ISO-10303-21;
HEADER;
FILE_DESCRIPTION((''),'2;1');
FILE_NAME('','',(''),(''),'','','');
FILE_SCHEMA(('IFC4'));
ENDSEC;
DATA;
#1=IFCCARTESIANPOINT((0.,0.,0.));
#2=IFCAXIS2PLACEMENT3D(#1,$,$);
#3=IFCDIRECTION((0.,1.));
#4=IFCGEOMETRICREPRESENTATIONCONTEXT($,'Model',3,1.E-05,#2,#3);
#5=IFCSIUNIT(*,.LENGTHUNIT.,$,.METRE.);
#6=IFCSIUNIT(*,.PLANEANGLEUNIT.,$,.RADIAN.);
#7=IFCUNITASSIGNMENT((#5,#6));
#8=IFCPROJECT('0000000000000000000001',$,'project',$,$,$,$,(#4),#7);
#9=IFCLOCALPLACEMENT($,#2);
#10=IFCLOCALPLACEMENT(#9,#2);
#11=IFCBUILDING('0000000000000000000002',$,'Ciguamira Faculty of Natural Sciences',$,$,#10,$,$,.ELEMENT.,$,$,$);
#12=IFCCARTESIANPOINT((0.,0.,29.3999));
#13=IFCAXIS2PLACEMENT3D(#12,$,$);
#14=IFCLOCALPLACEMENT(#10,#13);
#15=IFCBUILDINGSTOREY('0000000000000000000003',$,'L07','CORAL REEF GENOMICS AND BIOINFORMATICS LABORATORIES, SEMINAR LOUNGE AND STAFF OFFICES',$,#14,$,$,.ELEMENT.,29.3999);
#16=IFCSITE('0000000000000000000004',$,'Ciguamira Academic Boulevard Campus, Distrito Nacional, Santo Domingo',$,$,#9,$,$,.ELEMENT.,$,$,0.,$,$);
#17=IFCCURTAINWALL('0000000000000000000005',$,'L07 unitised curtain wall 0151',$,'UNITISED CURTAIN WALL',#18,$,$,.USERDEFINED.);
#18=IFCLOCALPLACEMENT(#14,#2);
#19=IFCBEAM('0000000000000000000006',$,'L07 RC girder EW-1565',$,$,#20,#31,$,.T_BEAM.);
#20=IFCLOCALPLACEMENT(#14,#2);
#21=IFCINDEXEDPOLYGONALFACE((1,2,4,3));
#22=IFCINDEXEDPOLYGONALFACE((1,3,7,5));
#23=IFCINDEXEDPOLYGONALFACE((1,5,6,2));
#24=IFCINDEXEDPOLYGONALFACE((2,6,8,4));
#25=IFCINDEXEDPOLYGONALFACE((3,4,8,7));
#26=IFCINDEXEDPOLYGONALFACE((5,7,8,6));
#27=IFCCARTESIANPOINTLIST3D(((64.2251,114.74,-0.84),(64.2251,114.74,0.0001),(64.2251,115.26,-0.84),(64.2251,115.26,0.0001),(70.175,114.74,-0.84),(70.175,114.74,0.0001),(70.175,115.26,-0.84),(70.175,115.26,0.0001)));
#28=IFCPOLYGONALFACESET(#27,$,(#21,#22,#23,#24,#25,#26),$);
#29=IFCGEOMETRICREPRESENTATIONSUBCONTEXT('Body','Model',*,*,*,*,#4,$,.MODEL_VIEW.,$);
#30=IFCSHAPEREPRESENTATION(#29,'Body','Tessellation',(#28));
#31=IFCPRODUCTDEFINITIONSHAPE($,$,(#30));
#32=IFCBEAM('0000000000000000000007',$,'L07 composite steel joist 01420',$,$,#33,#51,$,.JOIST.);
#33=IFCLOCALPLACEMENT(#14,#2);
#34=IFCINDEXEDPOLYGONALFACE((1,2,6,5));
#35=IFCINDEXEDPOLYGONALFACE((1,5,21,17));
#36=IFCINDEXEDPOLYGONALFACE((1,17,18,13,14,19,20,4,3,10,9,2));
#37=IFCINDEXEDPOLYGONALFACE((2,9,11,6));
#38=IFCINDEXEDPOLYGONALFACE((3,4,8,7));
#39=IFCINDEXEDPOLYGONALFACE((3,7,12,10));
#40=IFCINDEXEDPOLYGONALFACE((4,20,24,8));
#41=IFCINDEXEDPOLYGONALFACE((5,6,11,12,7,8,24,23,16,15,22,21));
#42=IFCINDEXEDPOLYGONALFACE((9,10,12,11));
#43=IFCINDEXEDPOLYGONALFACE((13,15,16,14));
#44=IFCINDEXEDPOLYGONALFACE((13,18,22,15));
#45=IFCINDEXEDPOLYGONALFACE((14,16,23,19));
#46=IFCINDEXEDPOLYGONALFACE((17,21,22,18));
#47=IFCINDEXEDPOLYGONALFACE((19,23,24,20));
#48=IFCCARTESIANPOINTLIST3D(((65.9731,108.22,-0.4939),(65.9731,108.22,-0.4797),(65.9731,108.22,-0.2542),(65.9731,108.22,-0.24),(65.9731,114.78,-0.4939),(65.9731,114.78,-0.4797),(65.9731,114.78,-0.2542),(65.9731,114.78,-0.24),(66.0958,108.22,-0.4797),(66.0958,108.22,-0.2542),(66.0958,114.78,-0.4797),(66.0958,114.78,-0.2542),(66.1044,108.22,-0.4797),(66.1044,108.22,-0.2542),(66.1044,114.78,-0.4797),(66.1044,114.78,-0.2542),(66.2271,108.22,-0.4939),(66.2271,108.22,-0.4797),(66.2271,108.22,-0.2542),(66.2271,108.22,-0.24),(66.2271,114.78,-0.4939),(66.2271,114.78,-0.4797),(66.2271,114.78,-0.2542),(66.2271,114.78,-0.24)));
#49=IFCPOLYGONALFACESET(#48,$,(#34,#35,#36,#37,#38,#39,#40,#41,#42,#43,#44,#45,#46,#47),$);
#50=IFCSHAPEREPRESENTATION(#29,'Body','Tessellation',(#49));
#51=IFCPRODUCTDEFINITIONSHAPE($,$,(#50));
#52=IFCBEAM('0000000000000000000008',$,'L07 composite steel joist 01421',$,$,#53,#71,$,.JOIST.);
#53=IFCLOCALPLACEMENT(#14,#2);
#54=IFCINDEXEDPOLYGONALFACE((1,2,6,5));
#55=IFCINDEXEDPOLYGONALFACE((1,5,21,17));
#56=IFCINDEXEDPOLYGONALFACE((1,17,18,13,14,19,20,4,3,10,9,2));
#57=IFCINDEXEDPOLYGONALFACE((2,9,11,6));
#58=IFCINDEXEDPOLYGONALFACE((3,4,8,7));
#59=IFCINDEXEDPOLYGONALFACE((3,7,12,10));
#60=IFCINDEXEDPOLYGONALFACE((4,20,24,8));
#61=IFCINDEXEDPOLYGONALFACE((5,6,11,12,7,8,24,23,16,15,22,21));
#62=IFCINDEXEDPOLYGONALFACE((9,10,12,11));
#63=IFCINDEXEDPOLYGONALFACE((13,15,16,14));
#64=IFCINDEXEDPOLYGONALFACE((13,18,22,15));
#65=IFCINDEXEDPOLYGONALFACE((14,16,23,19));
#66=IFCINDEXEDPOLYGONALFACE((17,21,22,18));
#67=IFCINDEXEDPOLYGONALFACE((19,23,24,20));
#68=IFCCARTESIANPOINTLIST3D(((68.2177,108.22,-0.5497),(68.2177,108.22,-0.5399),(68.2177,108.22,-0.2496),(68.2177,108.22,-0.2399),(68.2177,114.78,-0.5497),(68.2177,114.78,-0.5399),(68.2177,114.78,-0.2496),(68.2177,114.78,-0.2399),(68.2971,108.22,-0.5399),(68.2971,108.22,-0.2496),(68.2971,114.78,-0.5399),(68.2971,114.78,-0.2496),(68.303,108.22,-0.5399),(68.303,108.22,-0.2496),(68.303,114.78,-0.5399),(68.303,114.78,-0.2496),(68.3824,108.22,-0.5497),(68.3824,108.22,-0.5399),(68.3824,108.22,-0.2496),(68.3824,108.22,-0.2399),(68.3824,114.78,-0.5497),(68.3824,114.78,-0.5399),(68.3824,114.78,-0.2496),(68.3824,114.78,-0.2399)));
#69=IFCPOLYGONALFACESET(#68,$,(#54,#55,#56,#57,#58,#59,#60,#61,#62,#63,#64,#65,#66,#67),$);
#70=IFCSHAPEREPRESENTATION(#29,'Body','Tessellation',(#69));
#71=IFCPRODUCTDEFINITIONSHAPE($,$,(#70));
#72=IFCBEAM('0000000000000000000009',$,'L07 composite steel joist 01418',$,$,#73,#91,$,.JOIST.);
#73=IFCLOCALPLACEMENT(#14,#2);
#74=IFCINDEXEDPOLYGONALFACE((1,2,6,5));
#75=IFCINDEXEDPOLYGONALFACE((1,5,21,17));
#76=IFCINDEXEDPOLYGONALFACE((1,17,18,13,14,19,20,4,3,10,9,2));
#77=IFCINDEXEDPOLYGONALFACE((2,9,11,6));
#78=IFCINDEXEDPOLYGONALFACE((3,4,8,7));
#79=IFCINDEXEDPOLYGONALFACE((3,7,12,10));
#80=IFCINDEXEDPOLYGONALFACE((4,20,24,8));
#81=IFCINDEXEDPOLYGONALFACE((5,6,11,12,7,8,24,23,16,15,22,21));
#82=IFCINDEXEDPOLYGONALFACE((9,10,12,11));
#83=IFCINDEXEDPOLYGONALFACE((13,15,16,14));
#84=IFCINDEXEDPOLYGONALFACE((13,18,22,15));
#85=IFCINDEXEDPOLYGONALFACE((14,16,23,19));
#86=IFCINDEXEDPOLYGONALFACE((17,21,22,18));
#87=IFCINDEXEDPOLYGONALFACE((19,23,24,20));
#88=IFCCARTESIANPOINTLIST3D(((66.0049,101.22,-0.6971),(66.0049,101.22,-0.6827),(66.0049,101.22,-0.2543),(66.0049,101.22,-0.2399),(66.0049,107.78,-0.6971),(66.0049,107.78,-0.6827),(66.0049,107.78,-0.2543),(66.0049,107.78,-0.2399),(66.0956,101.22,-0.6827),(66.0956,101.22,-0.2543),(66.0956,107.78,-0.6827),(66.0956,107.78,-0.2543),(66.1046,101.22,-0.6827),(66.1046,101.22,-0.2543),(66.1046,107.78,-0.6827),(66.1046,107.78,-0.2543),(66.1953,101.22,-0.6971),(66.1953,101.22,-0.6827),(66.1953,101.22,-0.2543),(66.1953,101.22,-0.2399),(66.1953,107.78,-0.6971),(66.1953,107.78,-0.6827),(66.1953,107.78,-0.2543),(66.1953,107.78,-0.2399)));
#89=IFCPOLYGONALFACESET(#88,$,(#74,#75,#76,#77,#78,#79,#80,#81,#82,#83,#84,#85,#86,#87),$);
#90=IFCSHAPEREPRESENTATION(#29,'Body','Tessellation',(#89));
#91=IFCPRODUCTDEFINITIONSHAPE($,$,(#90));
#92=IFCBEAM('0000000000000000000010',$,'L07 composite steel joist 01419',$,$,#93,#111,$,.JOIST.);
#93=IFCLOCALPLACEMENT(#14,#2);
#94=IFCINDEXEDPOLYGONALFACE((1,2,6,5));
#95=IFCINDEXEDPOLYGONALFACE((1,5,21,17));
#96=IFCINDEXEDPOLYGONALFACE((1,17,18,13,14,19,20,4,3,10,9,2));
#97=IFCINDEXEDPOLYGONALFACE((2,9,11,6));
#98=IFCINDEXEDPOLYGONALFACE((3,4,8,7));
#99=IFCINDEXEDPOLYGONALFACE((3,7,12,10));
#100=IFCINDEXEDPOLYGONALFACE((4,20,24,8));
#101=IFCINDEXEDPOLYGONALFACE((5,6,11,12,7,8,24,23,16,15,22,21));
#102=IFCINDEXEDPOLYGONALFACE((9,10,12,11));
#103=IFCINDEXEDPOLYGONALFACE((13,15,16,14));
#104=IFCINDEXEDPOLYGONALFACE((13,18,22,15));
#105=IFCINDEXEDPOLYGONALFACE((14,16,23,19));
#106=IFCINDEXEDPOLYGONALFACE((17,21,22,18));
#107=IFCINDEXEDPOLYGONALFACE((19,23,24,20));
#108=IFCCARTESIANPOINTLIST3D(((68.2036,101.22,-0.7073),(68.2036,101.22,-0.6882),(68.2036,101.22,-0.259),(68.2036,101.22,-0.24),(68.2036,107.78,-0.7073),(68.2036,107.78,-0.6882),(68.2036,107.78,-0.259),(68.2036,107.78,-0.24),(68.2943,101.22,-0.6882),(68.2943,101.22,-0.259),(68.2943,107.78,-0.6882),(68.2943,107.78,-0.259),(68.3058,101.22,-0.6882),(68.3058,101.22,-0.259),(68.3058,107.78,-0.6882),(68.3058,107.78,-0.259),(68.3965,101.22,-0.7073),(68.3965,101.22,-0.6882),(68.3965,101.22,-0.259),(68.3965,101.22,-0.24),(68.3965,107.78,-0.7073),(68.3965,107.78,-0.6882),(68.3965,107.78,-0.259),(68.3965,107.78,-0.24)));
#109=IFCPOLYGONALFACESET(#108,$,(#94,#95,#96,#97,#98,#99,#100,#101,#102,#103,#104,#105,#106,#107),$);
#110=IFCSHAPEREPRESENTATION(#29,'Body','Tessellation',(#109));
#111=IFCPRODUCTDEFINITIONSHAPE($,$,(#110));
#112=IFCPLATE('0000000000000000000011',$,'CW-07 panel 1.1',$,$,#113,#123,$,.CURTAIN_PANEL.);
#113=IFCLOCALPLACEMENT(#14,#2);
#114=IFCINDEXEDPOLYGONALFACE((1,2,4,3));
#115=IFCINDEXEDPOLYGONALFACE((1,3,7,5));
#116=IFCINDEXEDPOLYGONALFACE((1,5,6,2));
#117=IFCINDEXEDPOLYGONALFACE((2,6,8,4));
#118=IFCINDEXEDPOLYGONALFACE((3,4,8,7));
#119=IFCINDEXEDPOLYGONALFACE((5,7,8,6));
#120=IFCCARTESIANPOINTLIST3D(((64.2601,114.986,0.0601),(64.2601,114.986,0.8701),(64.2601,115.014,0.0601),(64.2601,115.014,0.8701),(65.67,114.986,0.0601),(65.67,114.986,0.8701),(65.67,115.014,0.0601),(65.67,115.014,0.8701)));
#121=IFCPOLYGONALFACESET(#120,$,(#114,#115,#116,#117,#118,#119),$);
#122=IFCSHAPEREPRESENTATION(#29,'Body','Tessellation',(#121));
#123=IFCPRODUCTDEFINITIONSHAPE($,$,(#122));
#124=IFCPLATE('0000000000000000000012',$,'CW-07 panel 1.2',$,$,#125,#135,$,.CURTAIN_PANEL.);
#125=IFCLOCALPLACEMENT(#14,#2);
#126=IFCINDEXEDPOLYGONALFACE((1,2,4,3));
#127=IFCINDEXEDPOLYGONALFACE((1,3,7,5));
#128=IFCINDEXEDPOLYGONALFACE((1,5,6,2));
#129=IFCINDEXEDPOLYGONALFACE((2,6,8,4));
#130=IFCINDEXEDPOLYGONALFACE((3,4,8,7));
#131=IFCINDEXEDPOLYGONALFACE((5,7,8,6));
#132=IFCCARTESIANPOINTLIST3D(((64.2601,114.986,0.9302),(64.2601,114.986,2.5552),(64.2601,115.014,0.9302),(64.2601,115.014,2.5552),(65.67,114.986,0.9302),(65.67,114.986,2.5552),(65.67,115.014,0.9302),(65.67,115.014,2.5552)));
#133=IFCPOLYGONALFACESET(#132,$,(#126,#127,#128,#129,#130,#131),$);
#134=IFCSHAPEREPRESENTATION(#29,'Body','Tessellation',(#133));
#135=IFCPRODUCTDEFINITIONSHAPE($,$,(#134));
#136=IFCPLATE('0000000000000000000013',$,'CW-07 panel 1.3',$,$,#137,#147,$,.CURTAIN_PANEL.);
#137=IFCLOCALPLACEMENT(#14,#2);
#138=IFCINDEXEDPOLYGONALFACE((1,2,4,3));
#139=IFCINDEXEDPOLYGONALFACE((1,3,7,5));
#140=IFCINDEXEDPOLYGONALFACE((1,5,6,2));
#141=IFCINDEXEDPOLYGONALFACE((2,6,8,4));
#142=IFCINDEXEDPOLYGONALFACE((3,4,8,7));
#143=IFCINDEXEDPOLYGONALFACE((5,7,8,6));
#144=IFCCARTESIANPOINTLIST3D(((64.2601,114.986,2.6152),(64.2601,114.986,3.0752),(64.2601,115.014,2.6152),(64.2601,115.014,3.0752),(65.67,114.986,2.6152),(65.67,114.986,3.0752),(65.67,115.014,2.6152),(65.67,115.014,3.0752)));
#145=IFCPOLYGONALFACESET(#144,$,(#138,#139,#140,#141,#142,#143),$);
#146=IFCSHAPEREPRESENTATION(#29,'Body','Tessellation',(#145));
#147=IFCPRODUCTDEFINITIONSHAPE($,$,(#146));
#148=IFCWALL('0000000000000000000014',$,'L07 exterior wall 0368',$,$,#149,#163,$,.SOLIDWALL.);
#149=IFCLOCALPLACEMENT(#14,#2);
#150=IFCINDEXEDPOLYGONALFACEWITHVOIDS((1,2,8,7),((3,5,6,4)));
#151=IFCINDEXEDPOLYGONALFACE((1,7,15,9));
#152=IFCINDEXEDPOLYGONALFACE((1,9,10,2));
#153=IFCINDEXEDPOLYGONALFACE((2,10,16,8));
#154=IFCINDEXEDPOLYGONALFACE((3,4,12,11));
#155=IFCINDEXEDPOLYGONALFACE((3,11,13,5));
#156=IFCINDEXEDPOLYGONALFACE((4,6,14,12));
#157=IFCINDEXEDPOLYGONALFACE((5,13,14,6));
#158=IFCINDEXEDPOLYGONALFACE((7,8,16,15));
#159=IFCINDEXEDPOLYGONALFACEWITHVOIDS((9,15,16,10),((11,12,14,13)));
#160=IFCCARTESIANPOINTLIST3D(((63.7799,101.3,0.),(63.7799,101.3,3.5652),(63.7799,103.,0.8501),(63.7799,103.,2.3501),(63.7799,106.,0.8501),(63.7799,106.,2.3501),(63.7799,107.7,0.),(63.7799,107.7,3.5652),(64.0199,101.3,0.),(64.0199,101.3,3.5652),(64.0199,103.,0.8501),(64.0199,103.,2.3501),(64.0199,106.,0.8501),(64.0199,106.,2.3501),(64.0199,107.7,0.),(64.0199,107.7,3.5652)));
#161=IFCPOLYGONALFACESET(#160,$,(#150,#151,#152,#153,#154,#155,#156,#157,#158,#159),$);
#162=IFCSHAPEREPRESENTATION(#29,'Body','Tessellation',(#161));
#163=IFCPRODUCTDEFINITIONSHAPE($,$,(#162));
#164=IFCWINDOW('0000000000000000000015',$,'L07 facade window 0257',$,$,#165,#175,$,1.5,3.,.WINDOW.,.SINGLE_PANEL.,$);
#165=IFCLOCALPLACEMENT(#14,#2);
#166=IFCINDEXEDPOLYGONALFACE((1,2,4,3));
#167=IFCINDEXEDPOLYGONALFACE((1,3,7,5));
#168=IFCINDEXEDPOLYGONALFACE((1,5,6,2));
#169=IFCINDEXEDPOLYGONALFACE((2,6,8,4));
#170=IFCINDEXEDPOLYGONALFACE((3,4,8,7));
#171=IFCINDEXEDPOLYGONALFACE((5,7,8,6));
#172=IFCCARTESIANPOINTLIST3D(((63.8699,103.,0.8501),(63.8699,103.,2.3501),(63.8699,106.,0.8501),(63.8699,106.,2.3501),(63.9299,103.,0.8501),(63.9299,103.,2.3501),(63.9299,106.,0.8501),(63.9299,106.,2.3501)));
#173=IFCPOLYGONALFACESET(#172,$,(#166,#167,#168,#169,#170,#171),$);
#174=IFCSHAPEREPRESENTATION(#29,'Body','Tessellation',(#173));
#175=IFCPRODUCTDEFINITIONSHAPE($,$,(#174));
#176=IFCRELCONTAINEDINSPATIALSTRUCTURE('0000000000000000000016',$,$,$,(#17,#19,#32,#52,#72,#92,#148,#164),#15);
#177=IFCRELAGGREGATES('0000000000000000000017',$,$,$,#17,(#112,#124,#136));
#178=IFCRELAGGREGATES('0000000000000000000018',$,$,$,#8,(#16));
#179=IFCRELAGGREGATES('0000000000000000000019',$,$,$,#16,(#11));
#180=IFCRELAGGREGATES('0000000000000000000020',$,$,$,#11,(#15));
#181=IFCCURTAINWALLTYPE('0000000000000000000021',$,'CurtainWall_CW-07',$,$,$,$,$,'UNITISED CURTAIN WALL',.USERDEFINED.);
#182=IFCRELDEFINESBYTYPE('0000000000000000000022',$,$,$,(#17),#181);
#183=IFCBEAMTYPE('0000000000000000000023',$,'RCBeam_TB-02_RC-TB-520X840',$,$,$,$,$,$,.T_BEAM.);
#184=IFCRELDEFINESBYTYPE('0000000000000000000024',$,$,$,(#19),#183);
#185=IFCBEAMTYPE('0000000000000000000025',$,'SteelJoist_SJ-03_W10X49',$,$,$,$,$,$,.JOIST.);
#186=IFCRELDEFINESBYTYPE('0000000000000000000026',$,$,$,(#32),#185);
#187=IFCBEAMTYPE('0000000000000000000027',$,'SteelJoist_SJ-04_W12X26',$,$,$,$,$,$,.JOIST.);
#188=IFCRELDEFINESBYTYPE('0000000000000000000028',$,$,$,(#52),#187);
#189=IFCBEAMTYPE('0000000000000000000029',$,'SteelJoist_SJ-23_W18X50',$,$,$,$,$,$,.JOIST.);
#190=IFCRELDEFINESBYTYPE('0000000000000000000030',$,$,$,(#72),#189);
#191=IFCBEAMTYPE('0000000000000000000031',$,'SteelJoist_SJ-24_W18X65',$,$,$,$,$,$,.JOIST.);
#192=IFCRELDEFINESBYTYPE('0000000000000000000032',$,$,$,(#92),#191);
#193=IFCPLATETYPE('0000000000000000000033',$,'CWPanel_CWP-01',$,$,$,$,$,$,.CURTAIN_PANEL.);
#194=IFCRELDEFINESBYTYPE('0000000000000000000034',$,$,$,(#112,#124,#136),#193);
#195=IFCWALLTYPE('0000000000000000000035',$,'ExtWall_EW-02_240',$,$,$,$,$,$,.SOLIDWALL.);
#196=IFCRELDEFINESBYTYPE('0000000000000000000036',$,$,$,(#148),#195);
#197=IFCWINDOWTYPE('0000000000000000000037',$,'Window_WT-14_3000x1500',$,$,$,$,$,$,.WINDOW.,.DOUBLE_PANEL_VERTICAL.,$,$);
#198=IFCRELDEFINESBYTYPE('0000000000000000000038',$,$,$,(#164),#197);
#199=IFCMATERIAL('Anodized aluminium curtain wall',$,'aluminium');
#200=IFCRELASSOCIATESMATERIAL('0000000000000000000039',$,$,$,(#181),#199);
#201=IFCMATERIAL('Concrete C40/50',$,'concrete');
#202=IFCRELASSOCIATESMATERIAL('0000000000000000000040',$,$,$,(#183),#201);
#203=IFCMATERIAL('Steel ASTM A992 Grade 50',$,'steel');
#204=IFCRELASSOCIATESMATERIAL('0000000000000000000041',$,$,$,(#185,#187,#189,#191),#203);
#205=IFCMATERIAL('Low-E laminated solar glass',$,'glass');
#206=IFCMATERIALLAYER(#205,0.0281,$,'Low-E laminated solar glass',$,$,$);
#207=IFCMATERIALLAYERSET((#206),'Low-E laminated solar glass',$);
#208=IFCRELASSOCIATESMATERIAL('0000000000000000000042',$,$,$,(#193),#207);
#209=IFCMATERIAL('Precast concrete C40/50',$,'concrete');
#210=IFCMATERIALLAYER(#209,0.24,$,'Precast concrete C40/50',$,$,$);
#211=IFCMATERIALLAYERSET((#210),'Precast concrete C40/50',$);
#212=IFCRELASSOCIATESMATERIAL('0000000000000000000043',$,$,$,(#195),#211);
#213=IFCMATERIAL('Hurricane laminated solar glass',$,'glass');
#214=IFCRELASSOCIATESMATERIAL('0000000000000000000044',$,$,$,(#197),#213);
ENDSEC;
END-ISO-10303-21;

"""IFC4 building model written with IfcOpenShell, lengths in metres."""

from ifc_helpers import new_model, si_unit, direction, frame, frame_2d, origin, origin_2d, place, context, subcontext, project, spatial, rectangle, i_section, extrude, material, layer, layer_set, material_profile, profile_set, type_object, element, fill, aggregate, save


model = new_model("IFC4")

# Units and contexts
model_context = context("Model", 3, precision=1e-05, world=origin(), true_north=direction((0.0, 1.0)))
body_context = subcontext(model_context, "Body", "Model", "MODEL_VIEW")
ifc_project = project(units=[si_unit("LENGTHUNIT", "METRE"), si_unit("PLANEANGLEUNIT", "RADIAN")], contexts=[model_context])

# Site, building, storey
site_placement = place(None, origin())
site = spatial("IfcSite", under=ifc_project, at=site_placement, Name="Ciguamira Academic Boulevard Campus, Distrito Nacional, Santo Domingo", CompositionType="ELEMENT", RefElevation=0.0)
building_placement = place(site_placement, origin())
building = spatial("IfcBuilding", under=site, at=building_placement, Name="Ciguamira Faculty of Natural Sciences", CompositionType="ELEMENT")
storey_placement = place(building_placement, frame((0.0, 0.0, 29.3999)))
storey = spatial("IfcBuildingStorey", under=building, at=storey_placement, Name="L07", Description="CORAL REEF GENOMICS AND BIOINFORMATICS LABORATORIES, SEMINAR LOUNGE AND STAFF OFFICES", CompositionType="ELEMENT", Elevation=29.3999)

# Shared definitions
ifc_material_1 = material(Name="Concrete C40/50", Category="concrete")

# Curtain wall
ifc_material_2 = material(Name="Anodized aluminium curtain wall", Category="aluminium")
curtain_wall_type = type_object("IfcCurtainWallType", Name="CurtainWall_CW-07", ElementType="UNITISED CURTAIN WALL", PredefinedType="USERDEFINED", material=ifc_material_2)
curtain_wall_placement = place(storey_placement, origin())
curtain_wall = element("IfcCurtainWall", 1, at=curtain_wall_placement, inside=storey, type_object=curtain_wall_type, Name="L07 unitised curtain wall 0151", ObjectType="UNITISED CURTAIN WALL", PredefinedType="USERDEFINED")

# Beams
ifc_material_3 = material(Name="Precast concrete C40/50", Category="concrete")
ifc_material_profile_1 = material_profile(ifc_material_1, rectangle(XDim=0.52, YDim=0.8401, at=origin_2d()), Name="RC-TB-520X840")
ifc_profile_set_1 = profile_set([ifc_material_profile_1], Name="Concrete C40/50")
beam_type_1 = type_object("IfcBeamType", Name="RCBeam_TB-02_RC-TB-520X840", PredefinedType="T_BEAM", material=ifc_profile_set_1)
for number, where, z_axis, x_axis, name in (
    (2, (64.2251, 115.0, -0.4199), (1.0, 0.0, 0.0), (0.0, 1.0, 0.0), "L07 RC girder EW-1565"),
):
    element("IfcBeam", number, at=place(storey_placement, frame(where, z_axis=z_axis, x_axis=x_axis)), inside=storey, type_object=beam_type_1, Name=name, PredefinedType="T_BEAM", context=body_context, shape_type="SweptSolid", body=[
        extrude(rectangle(XDim=0.52, YDim=0.8401, at=origin_2d()), origin(), (0.0, 0.0, 1.0), 5.95),
    ])
ifc_material_4 = material(Name="Steel ASTM A992 Grade 50", Category="steel")
ifc_material_profile_2 = material_profile(ifc_material_4, i_section(OverallWidth=0.2539, OverallDepth=0.2539, WebThickness=0.0085, FlangeThickness=0.0142, at=origin_2d()), Name="W10X49")
ifc_profile_set_2 = profile_set([ifc_material_profile_2], Name="Steel ASTM A992 Grade 50")
beam_type_2 = type_object("IfcBeamType", Name="SteelJoist_SJ-03_W10X49", PredefinedType="JOIST", material=ifc_profile_set_2)
beam_1_placement = place(storey_placement, frame((66.1001, 108.22, -0.3669), z_axis=(0.0, 1.0, 0.0), x_axis=(-1.0, 0.0, 0.0)))
element("IfcBeam", 3, at=beam_1_placement, inside=storey, type_object=beam_type_2, Name="L07 composite steel joist 01420", PredefinedType="JOIST", context=body_context, shape_type="SweptSolid", body=[
    extrude(i_section(OverallWidth=0.2539, OverallDepth=0.2539, WebThickness=0.0085, FlangeThickness=0.0142, at=origin_2d()), origin(), (0.0, 0.0, 1.0), 6.5601),
])
ifc_material_profile_3 = material_profile(ifc_material_4, i_section(OverallWidth=0.1648, OverallDepth=0.3098, WebThickness=0.0059, FlangeThickness=0.0098, at=origin_2d()), Name="W12X26")
ifc_profile_set_3 = profile_set([ifc_material_profile_3], Name="Steel ASTM A992 Grade 50")
beam_type_3 = type_object("IfcBeamType", Name="SteelJoist_SJ-04_W12X26", PredefinedType="JOIST", material=ifc_profile_set_3)
beam_2_placement = place(storey_placement, frame((68.3, 108.22, -0.3948), z_axis=(0.0, 1.0, 0.0), x_axis=(-1.0, 0.0, 0.0)))
element("IfcBeam", 4, at=beam_2_placement, inside=storey, type_object=beam_type_3, Name="L07 composite steel joist 01421", PredefinedType="JOIST", context=body_context, shape_type="SweptSolid", body=[
    extrude(i_section(OverallWidth=0.1648, OverallDepth=0.3098, WebThickness=0.0059, FlangeThickness=0.0098, at=origin_2d()), origin(), (0.0, 0.0, 1.0), 6.5601),
])
ifc_material_profile_4 = material_profile(ifc_material_4, i_section(OverallWidth=0.1904, OverallDepth=0.4573, WebThickness=0.009, FlangeThickness=0.0144, at=origin_2d()), Name="W18X50")
ifc_profile_set_4 = profile_set([ifc_material_profile_4], Name="Steel ASTM A992 Grade 50")
beam_type_4 = type_object("IfcBeamType", Name="SteelJoist_SJ-23_W18X50", PredefinedType="JOIST", material=ifc_profile_set_4)
beam_3_placement = place(storey_placement, frame((66.1001, 101.22, -0.4685), z_axis=(0.0, 1.0, 0.0), x_axis=(-1.0, 0.0, 0.0)))
element("IfcBeam", 5, at=beam_3_placement, inside=storey, type_object=beam_type_4, Name="L07 composite steel joist 01418", PredefinedType="JOIST", context=body_context, shape_type="SweptSolid", body=[
    extrude(i_section(OverallWidth=0.1904, OverallDepth=0.4573, WebThickness=0.009, FlangeThickness=0.0144, at=origin_2d()), origin(), (0.0, 0.0, 1.0), 6.5601),
])
ifc_material_profile_5 = material_profile(ifc_material_4, i_section(OverallWidth=0.1929, OverallDepth=0.4673, WebThickness=0.0115, FlangeThickness=0.019, at=origin_2d()), Name="W18X65")
ifc_profile_set_5 = profile_set([ifc_material_profile_5], Name="Steel ASTM A992 Grade 50")
beam_type_5 = type_object("IfcBeamType", Name="SteelJoist_SJ-24_W18X65", PredefinedType="JOIST", material=ifc_profile_set_5)
beam_4_placement = place(storey_placement, frame((68.3, 101.22, -0.4736), z_axis=(0.0, 1.0, 0.0), x_axis=(-1.0, 0.0, 0.0)))
element("IfcBeam", 6, at=beam_4_placement, inside=storey, type_object=beam_type_5, Name="L07 composite steel joist 01419", PredefinedType="JOIST", context=body_context, shape_type="SweptSolid", body=[
    extrude(i_section(OverallWidth=0.1929, OverallDepth=0.4673, WebThickness=0.0115, FlangeThickness=0.019, at=origin_2d()), origin(), (0.0, 0.0, 1.0), 6.5601),
])

# Plates
ifc_material_5 = material(Name="Low-E laminated solar glass", Category="glass")
ifc_layer_1 = layer(ifc_material_5, 0.0281, Name="Low-E laminated solar glass")
ifc_layer_set_1 = layer_set([ifc_layer_1], Name="Low-E laminated solar glass")
plate_type = type_object("IfcPlateType", Name="CWPanel_CWP-01", PredefinedType="CURTAIN_PANEL", material=ifc_layer_set_1)
plate_1_placement = place(storey_placement, frame((64.9651, 115.0, 0.0601), z_axis=(0.0, 0.0, 1.0), x_axis=(1.0, 0.0, 0.0)))
plate_1 = element("IfcPlate", 7, at=plate_1_placement, type_object=plate_type, Name="CW-07 panel 1.1", PredefinedType="CURTAIN_PANEL", context=body_context, shape_type="SweptSolid", body=[
    extrude(rectangle(XDim=1.4099, YDim=0.0281, at=origin_2d()), origin(), (0.0, 0.0, 1.0), 0.8101),
])
plate_2_placement = place(storey_placement, frame((64.9651, 115.0, 0.9302), z_axis=(0.0, 0.0, 1.0), x_axis=(1.0, 0.0, 0.0)))
plate_2 = element("IfcPlate", 8, at=plate_2_placement, type_object=plate_type, Name="CW-07 panel 1.2", PredefinedType="CURTAIN_PANEL", context=body_context, shape_type="SweptSolid", body=[
    extrude(rectangle(XDim=1.4099, YDim=0.0281, at=origin_2d()), origin(), (0.0, 0.0, 1.0), 1.625),
])
plate_3_placement = place(storey_placement, frame((64.9651, 115.0, 2.6152), z_axis=(0.0, 0.0, 1.0), x_axis=(1.0, 0.0, 0.0)))
plate_3 = element("IfcPlate", 9, at=plate_3_placement, type_object=plate_type, Name="CW-07 panel 1.3", PredefinedType="CURTAIN_PANEL", context=body_context, shape_type="SweptSolid", body=[
    extrude(rectangle(XDim=1.4099, YDim=0.0281, at=origin_2d()), origin(), (0.0, 0.0, 1.0), 0.46),
])
aggregate(curtain_wall, [plate_1, plate_2, plate_3])

# Wall, opening, window
ifc_layer_2 = layer(ifc_material_3, 0.24, Name="Precast concrete C40/50")
ifc_layer_set_2 = layer_set([ifc_layer_2], Name="Precast concrete C40/50")
wall_type_1 = type_object("IfcWallType", Name="ExtWall_EW-02_240", PredefinedType="SOLIDWALL", material=ifc_layer_set_2)
wall_1_placement = place(storey_placement, frame((63.8999, 101.3, 0.0), z_axis=(0.0, 0.0, 1.0), x_axis=(0.0, 1.0, 0.0)))
wall_1 = element("IfcWall", 10, at=wall_1_placement, inside=storey, type_object=wall_type_1, Name="L07 exterior wall 0368", PredefinedType="SOLIDWALL", context=body_context, shape_type="SweptSolid", body=[
    extrude(rectangle(XDim=6.3999, YDim=0.24, at=frame_2d((3.2, 0.0))), origin(), (0.0, 0.0, 1.0), 3.5652),
])
opening_1_placement = place(wall_1_placement, frame((1.7, 0.0, 0.8501)))
opening_1 = element("IfcOpeningElement", 11, at=opening_1_placement, cuts=wall_1, PredefinedType="OPENING", context=body_context, shape_type="SweptSolid", body=[
    extrude(rectangle(XDim=3.0, YDim=1.5, at=frame_2d((1.5, 0.75))), frame((0.0, 0.1299, 0.0), z_axis=(0.0, -1.0, 0.0), x_axis=(1.0, 0.0, 0.0)), (0.0, 0.0, 1.0), 0.26),
])
ifc_material_6 = material(Name="Hurricane laminated solar glass", Category="glass")
window_type_1 = type_object("IfcWindowType", Name="Window_WT-14_3000x1500", PartitioningType="DOUBLE_PANEL_VERTICAL", PredefinedType="WINDOW", material=ifc_material_6)
window_1_placement = place(opening_1_placement, origin())
window_1 = element("IfcWindow", 12, at=window_1_placement, inside=storey, type_object=window_type_1, Name="L07 facade window 0257", OverallHeight=1.5, OverallWidth=3.0, PartitioningType="SINGLE_PANEL", PredefinedType="WINDOW", context=body_context, shape_type="SweptSolid", body=[
    extrude(rectangle(XDim=3.0, YDim=1.5, at=frame_2d((1.5, 0.75))), frame((0.0, 0.03, 0.0), z_axis=(0.0, -1.0, 0.0), x_axis=(1.0, 0.0, 0.0)), (0.0, 0.0, 1.0), 0.0601),
])
fill(opening_1, window_1)

save(model, "model.ifc")
